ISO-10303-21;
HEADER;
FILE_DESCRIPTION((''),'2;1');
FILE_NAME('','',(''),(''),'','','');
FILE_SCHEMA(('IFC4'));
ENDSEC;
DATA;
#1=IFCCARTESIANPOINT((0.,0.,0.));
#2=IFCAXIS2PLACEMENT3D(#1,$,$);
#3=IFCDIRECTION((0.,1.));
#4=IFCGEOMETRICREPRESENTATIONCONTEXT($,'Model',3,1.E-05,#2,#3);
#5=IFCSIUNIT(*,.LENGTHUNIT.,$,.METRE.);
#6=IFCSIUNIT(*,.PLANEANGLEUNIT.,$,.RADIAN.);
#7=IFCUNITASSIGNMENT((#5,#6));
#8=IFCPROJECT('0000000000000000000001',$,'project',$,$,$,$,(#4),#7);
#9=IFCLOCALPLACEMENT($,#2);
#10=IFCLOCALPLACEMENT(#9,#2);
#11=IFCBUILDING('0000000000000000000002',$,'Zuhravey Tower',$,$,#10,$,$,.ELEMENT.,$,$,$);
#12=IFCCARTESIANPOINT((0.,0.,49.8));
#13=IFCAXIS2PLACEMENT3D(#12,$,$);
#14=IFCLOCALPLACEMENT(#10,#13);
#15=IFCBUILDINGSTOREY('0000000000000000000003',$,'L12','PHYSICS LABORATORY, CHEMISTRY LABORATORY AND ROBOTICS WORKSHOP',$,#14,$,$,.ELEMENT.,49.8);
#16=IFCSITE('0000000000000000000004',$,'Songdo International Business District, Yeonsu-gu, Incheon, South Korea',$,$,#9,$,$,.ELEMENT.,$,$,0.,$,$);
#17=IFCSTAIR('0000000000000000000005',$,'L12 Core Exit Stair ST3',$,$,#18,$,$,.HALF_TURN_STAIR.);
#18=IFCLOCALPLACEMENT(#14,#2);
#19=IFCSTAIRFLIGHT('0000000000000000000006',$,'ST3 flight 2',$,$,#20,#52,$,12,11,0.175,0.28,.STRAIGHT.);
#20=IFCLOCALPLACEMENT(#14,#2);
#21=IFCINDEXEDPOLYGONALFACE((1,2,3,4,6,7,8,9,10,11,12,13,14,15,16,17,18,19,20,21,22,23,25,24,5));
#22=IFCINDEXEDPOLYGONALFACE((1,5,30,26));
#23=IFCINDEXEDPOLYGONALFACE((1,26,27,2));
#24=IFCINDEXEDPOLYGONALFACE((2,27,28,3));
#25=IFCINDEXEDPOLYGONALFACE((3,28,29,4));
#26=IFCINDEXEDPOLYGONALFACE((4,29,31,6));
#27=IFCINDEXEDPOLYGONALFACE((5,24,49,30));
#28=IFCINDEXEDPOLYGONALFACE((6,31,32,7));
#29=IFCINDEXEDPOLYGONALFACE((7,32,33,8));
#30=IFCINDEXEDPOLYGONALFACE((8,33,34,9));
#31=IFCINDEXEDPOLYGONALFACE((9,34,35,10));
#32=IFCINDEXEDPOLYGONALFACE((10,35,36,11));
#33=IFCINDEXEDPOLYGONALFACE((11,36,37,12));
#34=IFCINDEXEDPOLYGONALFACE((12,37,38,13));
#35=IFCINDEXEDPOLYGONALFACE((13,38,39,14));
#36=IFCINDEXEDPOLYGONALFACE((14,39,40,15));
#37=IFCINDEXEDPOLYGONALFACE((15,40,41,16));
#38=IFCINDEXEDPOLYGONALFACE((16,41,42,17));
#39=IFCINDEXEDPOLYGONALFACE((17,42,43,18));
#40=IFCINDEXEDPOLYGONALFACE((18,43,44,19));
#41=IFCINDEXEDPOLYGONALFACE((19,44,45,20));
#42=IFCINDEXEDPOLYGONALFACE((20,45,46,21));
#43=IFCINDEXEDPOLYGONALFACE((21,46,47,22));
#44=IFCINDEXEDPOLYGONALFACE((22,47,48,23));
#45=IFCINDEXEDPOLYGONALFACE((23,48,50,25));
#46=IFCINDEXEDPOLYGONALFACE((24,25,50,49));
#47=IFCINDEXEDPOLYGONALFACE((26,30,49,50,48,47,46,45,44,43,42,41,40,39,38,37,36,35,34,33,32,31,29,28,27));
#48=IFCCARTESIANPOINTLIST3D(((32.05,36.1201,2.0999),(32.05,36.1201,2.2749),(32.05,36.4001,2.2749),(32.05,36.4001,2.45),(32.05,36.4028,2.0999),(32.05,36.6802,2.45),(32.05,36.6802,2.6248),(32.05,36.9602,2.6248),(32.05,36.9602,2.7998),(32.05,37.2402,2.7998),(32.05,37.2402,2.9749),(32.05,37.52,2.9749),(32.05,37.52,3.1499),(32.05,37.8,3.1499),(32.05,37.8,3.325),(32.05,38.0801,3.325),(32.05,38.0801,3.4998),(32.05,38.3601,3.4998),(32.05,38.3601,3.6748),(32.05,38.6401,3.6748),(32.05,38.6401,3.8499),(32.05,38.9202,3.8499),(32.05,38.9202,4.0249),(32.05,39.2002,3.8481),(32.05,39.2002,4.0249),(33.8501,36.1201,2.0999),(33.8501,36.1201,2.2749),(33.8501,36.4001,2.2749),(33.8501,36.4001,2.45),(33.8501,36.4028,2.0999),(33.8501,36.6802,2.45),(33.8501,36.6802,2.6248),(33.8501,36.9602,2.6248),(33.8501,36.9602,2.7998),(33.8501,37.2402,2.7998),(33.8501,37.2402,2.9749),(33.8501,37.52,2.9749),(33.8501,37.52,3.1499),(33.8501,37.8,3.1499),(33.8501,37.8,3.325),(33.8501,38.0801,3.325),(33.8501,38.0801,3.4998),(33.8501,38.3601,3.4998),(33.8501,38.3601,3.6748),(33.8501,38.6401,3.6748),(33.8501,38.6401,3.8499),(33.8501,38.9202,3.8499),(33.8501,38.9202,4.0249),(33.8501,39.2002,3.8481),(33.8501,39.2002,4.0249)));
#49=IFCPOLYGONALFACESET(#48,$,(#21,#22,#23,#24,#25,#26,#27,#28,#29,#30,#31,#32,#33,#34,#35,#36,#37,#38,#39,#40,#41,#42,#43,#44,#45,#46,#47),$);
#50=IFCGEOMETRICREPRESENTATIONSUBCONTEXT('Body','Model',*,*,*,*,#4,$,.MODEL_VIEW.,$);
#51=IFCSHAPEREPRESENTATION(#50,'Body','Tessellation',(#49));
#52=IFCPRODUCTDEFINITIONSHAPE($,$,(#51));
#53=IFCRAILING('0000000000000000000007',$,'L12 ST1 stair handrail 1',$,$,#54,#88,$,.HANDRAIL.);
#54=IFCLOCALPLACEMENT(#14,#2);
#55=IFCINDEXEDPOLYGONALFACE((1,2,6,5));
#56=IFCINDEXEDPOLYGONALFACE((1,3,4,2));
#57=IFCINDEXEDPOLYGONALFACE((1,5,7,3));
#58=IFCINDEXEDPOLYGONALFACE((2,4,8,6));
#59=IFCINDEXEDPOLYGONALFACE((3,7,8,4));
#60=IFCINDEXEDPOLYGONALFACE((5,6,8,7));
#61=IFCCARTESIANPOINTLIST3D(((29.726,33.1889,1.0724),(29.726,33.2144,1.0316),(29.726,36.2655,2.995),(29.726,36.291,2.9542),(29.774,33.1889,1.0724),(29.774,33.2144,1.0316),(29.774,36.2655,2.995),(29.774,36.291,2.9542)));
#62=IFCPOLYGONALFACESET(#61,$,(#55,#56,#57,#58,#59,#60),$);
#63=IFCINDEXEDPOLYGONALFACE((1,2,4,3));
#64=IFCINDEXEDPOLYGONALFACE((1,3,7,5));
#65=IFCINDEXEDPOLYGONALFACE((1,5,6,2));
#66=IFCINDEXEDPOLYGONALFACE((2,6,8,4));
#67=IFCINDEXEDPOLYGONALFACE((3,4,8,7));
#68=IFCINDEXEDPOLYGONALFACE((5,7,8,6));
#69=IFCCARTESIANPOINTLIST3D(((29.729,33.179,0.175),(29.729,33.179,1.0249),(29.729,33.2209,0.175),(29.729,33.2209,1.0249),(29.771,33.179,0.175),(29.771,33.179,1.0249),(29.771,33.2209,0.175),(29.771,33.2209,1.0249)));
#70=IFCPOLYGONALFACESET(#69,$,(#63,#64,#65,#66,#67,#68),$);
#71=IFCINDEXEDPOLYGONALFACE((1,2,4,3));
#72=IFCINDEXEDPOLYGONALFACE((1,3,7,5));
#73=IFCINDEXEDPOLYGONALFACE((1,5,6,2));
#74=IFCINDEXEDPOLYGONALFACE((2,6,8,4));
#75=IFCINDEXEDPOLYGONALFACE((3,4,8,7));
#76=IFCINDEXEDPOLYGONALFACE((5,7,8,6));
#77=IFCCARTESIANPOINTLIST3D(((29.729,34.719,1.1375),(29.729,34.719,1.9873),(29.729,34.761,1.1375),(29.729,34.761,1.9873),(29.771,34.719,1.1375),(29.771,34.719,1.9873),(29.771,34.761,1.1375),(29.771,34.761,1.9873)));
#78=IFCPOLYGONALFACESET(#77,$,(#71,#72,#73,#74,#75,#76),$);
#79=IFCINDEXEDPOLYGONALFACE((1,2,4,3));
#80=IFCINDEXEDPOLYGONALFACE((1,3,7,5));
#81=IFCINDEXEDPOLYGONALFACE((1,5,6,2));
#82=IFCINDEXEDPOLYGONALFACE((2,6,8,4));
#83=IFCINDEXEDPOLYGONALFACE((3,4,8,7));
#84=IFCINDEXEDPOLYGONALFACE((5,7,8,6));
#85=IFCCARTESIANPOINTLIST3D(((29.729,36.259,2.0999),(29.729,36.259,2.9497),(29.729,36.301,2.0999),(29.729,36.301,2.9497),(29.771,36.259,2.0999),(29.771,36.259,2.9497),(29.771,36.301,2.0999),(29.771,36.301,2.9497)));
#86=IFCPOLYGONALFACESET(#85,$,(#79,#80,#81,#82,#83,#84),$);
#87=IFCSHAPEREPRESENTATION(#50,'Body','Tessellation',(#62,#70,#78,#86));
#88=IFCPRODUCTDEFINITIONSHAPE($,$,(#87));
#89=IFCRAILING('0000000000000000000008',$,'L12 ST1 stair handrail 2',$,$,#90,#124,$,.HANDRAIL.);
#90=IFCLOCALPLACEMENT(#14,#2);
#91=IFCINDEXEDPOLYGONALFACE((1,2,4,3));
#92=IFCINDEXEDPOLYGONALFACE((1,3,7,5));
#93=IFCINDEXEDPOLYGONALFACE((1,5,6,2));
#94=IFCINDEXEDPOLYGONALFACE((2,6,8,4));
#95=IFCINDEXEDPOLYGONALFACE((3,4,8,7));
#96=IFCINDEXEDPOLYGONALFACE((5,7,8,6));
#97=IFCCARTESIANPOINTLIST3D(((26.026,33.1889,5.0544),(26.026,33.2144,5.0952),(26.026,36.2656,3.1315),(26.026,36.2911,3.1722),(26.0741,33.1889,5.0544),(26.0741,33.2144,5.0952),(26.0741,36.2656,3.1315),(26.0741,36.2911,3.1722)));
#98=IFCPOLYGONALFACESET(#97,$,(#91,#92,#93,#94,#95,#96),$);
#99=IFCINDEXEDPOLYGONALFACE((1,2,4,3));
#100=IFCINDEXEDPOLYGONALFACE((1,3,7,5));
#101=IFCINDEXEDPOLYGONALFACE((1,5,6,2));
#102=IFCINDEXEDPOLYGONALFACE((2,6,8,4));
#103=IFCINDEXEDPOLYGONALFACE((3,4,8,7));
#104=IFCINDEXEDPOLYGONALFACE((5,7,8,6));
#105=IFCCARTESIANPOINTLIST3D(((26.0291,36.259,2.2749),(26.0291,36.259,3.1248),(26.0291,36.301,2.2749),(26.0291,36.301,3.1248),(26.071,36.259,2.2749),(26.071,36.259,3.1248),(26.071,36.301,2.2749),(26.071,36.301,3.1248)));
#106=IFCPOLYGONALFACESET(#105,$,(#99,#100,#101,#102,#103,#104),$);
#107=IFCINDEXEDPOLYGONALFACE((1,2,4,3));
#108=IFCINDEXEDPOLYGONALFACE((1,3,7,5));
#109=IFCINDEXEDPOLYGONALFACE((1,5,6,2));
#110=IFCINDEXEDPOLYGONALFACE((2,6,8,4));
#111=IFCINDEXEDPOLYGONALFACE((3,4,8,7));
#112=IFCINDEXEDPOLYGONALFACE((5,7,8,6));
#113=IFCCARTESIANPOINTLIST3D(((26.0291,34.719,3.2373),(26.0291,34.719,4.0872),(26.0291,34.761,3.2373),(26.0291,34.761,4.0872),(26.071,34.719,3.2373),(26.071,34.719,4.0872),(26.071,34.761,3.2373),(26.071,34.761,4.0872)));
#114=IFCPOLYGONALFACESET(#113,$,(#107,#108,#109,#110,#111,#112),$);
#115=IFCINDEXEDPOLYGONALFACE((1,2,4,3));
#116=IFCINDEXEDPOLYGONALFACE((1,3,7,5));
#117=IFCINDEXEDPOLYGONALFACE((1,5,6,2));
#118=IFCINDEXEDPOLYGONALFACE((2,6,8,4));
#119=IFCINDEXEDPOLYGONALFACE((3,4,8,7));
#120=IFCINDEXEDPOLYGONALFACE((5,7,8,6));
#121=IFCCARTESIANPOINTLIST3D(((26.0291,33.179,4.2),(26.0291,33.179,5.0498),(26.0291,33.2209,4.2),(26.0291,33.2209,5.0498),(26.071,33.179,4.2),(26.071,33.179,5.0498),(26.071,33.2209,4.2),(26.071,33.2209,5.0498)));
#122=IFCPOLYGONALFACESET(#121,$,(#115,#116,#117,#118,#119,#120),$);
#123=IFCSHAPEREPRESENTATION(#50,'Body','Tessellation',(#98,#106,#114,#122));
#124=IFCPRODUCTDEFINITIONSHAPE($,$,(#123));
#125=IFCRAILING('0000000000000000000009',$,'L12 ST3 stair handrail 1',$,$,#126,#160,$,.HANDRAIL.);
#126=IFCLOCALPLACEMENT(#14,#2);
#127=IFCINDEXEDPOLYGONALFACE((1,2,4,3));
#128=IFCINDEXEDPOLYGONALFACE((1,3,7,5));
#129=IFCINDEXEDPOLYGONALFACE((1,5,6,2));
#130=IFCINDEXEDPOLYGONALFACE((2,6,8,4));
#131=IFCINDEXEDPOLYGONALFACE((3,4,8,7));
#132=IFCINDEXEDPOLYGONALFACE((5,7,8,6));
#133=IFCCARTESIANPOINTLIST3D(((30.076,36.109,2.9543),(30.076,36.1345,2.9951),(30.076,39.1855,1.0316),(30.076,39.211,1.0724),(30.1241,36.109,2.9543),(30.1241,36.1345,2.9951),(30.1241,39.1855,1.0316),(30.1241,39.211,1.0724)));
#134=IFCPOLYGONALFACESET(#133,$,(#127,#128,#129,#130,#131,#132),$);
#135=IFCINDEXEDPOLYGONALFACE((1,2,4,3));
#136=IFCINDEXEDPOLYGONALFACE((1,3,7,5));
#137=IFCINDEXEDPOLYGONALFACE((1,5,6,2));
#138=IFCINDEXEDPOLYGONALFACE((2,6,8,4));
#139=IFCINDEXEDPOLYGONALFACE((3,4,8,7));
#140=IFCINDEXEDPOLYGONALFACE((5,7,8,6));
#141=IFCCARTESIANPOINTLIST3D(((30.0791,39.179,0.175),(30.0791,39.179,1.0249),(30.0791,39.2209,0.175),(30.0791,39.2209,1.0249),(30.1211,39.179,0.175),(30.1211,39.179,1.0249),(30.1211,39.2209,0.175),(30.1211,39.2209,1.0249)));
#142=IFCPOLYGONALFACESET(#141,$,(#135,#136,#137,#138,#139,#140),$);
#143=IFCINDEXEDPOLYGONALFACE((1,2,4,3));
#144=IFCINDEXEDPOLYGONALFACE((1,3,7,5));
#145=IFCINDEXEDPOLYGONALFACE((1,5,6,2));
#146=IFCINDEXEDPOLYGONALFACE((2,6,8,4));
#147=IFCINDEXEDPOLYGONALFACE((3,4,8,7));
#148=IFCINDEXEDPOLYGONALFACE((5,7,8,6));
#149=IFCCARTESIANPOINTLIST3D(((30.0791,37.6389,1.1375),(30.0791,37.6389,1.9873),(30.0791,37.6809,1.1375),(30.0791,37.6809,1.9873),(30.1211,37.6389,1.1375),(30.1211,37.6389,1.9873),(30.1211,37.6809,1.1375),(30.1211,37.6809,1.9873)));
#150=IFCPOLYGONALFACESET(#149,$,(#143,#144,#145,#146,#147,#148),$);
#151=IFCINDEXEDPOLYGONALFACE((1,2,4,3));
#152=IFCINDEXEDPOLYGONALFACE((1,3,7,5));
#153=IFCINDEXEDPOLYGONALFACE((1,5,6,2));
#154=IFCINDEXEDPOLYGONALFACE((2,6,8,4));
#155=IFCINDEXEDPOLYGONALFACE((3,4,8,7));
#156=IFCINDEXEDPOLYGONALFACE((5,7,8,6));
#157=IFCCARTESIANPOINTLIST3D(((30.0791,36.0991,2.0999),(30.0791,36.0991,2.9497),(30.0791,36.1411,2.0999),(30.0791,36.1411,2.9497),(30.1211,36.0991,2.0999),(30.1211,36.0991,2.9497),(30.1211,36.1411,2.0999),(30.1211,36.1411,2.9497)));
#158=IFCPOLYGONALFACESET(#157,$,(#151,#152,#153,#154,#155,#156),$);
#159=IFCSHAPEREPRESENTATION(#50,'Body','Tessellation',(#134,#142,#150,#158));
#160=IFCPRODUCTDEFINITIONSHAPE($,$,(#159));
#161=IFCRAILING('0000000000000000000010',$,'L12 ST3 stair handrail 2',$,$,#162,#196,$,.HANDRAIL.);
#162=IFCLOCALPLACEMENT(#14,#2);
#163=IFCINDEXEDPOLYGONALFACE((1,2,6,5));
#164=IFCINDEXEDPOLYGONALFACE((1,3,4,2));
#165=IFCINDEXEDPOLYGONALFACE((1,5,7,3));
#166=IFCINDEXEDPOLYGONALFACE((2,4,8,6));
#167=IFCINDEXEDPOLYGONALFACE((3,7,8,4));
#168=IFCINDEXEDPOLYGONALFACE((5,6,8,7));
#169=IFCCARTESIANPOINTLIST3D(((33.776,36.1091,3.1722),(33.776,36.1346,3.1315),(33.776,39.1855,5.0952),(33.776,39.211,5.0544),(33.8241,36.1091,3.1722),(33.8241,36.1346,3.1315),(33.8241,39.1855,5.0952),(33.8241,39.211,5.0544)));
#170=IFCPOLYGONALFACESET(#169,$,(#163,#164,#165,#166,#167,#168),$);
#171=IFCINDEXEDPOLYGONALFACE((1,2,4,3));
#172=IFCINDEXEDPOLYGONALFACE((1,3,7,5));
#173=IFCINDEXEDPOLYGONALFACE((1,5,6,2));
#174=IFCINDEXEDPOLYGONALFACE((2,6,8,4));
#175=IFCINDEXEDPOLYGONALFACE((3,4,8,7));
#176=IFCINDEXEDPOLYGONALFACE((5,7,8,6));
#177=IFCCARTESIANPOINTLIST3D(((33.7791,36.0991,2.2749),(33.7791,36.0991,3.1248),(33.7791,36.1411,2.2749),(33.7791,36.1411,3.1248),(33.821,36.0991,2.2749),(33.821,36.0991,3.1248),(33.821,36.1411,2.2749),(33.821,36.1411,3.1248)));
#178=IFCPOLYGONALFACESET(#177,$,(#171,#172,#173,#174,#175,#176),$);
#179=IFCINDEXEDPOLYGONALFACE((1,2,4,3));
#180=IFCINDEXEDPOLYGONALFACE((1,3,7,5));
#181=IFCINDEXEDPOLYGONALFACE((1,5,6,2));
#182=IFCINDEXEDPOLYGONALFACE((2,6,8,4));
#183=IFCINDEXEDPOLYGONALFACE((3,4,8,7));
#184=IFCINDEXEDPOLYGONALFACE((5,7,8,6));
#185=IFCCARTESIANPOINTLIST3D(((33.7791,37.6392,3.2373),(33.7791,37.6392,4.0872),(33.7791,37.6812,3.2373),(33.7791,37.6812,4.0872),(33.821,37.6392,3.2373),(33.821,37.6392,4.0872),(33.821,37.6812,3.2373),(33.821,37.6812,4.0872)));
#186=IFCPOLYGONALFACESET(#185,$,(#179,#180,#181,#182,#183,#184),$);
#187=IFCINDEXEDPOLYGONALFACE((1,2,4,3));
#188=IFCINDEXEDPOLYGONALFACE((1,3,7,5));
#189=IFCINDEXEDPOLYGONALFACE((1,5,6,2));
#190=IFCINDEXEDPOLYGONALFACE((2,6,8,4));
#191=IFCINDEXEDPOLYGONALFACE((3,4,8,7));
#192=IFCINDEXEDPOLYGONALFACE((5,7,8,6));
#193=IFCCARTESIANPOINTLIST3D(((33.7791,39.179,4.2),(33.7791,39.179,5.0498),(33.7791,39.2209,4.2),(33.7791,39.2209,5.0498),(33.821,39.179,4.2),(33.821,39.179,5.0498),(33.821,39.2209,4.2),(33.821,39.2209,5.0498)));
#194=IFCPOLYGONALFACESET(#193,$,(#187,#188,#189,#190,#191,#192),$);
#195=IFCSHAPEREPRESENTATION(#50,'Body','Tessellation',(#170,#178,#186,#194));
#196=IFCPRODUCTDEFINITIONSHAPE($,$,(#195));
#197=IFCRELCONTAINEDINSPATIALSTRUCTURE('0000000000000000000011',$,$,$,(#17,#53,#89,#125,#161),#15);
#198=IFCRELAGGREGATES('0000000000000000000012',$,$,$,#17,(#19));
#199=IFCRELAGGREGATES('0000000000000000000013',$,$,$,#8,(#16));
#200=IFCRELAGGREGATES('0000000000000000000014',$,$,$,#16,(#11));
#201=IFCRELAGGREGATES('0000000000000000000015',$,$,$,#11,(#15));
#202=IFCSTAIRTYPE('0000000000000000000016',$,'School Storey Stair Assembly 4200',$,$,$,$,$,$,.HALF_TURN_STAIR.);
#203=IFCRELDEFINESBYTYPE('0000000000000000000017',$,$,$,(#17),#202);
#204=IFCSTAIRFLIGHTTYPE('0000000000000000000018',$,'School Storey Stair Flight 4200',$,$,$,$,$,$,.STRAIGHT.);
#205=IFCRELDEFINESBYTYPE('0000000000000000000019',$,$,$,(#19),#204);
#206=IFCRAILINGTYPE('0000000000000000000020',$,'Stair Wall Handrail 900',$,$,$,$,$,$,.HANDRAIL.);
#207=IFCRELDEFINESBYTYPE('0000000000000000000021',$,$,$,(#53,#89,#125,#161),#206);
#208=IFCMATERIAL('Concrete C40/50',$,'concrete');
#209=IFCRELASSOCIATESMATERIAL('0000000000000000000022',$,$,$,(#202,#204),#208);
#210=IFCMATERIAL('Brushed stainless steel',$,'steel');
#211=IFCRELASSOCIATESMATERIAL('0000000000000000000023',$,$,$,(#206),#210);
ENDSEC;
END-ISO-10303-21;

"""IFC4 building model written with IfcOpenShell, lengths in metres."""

from ifc_helpers import new_model, si_unit, direction, frame, origin, origin_2d, place, context, subcontext, project, spatial, polyline, rectangle, outline, extrude, material, type_object, element, aggregate, save


model = new_model("IFC4")

# Units and contexts
model_context = context("Model", 3, precision=1e-05, world=origin(), true_north=direction((0.0, 1.0)))
body_context = subcontext(model_context, "Body", "Model", "MODEL_VIEW")
ifc_project = project(units=[si_unit("LENGTHUNIT", "METRE"), si_unit("PLANEANGLEUNIT", "RADIAN")], contexts=[model_context])

# Site, building, storey
site_placement = place(None, origin())
site = spatial("IfcSite", under=ifc_project, at=site_placement, Name="Songdo International Business District, Yeonsu-gu, Incheon, South Korea", CompositionType="ELEMENT", RefElevation=0.0)
building_placement = place(site_placement, origin())
building = spatial("IfcBuilding", under=site, at=building_placement, Name="Zuhravey Tower", CompositionType="ELEMENT")
storey_placement = place(building_placement, frame((0.0, 0.0, 49.8)))
storey = spatial("IfcBuildingStorey", under=building, at=storey_placement, Name="L12", Description="PHYSICS LABORATORY, CHEMISTRY LABORATORY AND ROBOTICS WORKSHOP", CompositionType="ELEMENT", Elevation=49.8)

# Stair, stair flight
ifc_material_1 = material(Name="Concrete C40/50", Category="concrete")
stair_type = type_object("IfcStairType", Name="School Storey Stair Assembly 4200", PredefinedType="HALF_TURN_STAIR", material=ifc_material_1)
stair_flight_type = type_object("IfcStairFlightType", Name="School Storey Stair Flight 4200", PredefinedType="STRAIGHT", material=ifc_material_1)
stair_1_placement = place(storey_placement, origin())
stair_1 = element("IfcStair", 1, at=stair_1_placement, inside=storey, type_object=stair_type, Name="L12 Core Exit Stair ST3", PredefinedType="HALF_TURN_STAIR")
stair_flight_1_placement = place(storey_placement, frame((32.95, 36.1201, 2.0999), z_axis=(0.0, 0.0, 1.0), x_axis=(0.0, 1.0, 0.0)))
stair_flight_1 = element("IfcStairFlight", 2, at=stair_flight_1_placement, type_object=stair_flight_type, Name="ST3 flight 2", NumberOfRisers=12, NumberOfTreads=11, PredefinedType="STRAIGHT", RiserHeight=0.175, TreadLength=0.28, context=body_context, shape_type="SweptSolid", body=[
    extrude(outline(polyline([(0.0, 0.0), (0.0, 0.175), (0.28, 0.175), (0.28, 0.3501), (0.5601, 0.3501), (0.5601, 0.5249), (0.8401, 0.5249), (0.8401, 0.7), (1.1201, 0.7), (1.1201, 0.875), (1.3999, 0.875), (1.3999, 1.05), (1.6799, 1.05), (1.6799, 1.2251), (1.96, 1.2251), (1.96, 1.3999), (2.24, 1.3999), (2.24, 1.575), (2.52, 1.575), (2.52, 1.75), (2.8, 1.75), (2.8, 1.925), (3.0801, 1.925), (3.0801, 2.1001), (3.0801, 1.7483), (0.2827, 0.0), (0.0, 0.0)])), frame((0.0, 0.8999, 0.0), z_axis=(0.0, -1.0, 0.0), x_axis=(1.0, 0.0, 0.0)), (0.0, 0.0, 1.0), 1.8),
])
aggregate(stair_1, [stair_flight_1])

# Railings
ifc_material_2 = material(Name="Brushed stainless steel", Category="steel")
railing_type_1 = type_object("IfcRailingType", Name="Stair Wall Handrail 900", PredefinedType="HANDRAIL", material=ifc_material_2)
railing_1_placement = place(storey_placement, frame((29.75, 33.2, 0.175)))
element("IfcRailing", 3, at=railing_1_placement, inside=storey, type_object=railing_type_1, Name="L12 ST1 stair handrail 1", PredefinedType="HANDRAIL", context=body_context, shape_type="SweptSolid", body=[
    extrude(rectangle(XDim=0.0481, YDim=0.0481, at=origin_2d()), frame((0.0, 0.0017, 0.877), z_axis=(0.0, 0.848029, 0.529951), x_axis=(-1.0, 0.0, 0.0)), (0.0, 0.0, 1.0), 3.6279),
    extrude(rectangle(XDim=0.042, YDim=0.042, at=origin_2d()), origin(), (0.0, 0.0, 1.0), 0.8499),
    extrude(rectangle(XDim=0.042, YDim=0.042, at=origin_2d()), frame((0.0, 1.54, 0.9624)), (0.0, 0.0, 1.0), 0.8499),
    extrude(rectangle(XDim=0.042, YDim=0.042, at=origin_2d()), frame((0.0, 3.0801, 1.9248)), (0.0, 0.0, 1.0), 0.8499),
])
railing_2_placement = place(storey_placement, frame((26.05, 36.28, 2.2749)))
element("IfcRailing", 4, at=railing_2_placement, inside=storey, type_object=railing_type_1, Name="L12 ST1 stair handrail 2", PredefinedType="HANDRAIL", context=body_context, shape_type="SweptSolid", body=[
    extrude(rectangle(XDim=0.0481, YDim=0.0481, at=origin_2d()), frame((0.0, -0.0017, 0.877), z_axis=(0.0, -0.847998, 0.529999), x_axis=(1.0, 0.0, 0.0)), (0.0, 0.0, 1.0), 3.6282),
    extrude(rectangle(XDim=0.042, YDim=0.042, at=origin_2d()), origin(), (0.0, 0.0, 1.0), 0.8499),
    extrude(rectangle(XDim=0.042, YDim=0.042, at=origin_2d()), frame((0.0, -1.54, 0.9624)), (0.0, 0.0, 1.0), 0.8499),
    extrude(rectangle(XDim=0.042, YDim=0.042, at=origin_2d()), frame((0.0, -3.0801, 1.925)), (0.0, 0.0, 1.0), 0.8499),
])
railing_3_placement = place(storey_placement, frame((30.1001, 39.2, 0.175)))
element("IfcRailing", 5, at=railing_3_placement, inside=storey, type_object=railing_type_1, Name="L12 ST3 stair handrail 1", PredefinedType="HANDRAIL", context=body_context, shape_type="SweptSolid", body=[
    extrude(rectangle(XDim=0.0481, YDim=0.0481, at=origin_2d()), frame((0.0, -0.0017, 0.877), z_axis=(0.0, -0.84801, 0.529981), x_axis=(1.0, 0.0, 0.0)), (0.0, 0.0, 1.0), 3.6279),
    extrude(rectangle(XDim=0.042, YDim=0.042, at=origin_2d()), origin(), (0.0, 0.0, 1.0), 0.8499),
    extrude(rectangle(XDim=0.042, YDim=0.042, at=origin_2d()), frame((0.0, -1.54, 0.9624)), (0.0, 0.0, 1.0), 0.8499),
    extrude(rectangle(XDim=0.042, YDim=0.042, at=origin_2d()), frame((0.0, -3.0798, 1.9248)), (0.0, 0.0, 1.0), 0.8499),
])
railing_4_placement = place(storey_placement, frame((33.8, 36.1201, 2.2749)))
element("IfcRailing", 6, at=railing_4_placement, inside=storey, type_object=railing_type_1, Name="L12 ST3 stair handrail 2", PredefinedType="HANDRAIL", context=body_context, shape_type="SweptSolid", body=[
    extrude(rectangle(XDim=0.0481, YDim=0.0481, at=origin_2d()), frame((0.0, 0.0017, 0.877), z_axis=(0.0, 0.847979, 0.530029), x_axis=(-1.0, 0.0, 0.0)), (0.0, 0.0, 1.0), 3.6279),
    extrude(rectangle(XDim=0.042, YDim=0.042, at=origin_2d()), origin(), (0.0, 0.0, 1.0), 0.8499),
    extrude(rectangle(XDim=0.042, YDim=0.042, at=origin_2d()), frame((0.0, 1.54, 0.9624)), (0.0, 0.0, 1.0), 0.8499),
    extrude(rectangle(XDim=0.042, YDim=0.042, at=origin_2d()), frame((0.0, 3.0798, 1.925)), (0.0, 0.0, 1.0), 0.8499),
])

save(model, "model.ifc")
